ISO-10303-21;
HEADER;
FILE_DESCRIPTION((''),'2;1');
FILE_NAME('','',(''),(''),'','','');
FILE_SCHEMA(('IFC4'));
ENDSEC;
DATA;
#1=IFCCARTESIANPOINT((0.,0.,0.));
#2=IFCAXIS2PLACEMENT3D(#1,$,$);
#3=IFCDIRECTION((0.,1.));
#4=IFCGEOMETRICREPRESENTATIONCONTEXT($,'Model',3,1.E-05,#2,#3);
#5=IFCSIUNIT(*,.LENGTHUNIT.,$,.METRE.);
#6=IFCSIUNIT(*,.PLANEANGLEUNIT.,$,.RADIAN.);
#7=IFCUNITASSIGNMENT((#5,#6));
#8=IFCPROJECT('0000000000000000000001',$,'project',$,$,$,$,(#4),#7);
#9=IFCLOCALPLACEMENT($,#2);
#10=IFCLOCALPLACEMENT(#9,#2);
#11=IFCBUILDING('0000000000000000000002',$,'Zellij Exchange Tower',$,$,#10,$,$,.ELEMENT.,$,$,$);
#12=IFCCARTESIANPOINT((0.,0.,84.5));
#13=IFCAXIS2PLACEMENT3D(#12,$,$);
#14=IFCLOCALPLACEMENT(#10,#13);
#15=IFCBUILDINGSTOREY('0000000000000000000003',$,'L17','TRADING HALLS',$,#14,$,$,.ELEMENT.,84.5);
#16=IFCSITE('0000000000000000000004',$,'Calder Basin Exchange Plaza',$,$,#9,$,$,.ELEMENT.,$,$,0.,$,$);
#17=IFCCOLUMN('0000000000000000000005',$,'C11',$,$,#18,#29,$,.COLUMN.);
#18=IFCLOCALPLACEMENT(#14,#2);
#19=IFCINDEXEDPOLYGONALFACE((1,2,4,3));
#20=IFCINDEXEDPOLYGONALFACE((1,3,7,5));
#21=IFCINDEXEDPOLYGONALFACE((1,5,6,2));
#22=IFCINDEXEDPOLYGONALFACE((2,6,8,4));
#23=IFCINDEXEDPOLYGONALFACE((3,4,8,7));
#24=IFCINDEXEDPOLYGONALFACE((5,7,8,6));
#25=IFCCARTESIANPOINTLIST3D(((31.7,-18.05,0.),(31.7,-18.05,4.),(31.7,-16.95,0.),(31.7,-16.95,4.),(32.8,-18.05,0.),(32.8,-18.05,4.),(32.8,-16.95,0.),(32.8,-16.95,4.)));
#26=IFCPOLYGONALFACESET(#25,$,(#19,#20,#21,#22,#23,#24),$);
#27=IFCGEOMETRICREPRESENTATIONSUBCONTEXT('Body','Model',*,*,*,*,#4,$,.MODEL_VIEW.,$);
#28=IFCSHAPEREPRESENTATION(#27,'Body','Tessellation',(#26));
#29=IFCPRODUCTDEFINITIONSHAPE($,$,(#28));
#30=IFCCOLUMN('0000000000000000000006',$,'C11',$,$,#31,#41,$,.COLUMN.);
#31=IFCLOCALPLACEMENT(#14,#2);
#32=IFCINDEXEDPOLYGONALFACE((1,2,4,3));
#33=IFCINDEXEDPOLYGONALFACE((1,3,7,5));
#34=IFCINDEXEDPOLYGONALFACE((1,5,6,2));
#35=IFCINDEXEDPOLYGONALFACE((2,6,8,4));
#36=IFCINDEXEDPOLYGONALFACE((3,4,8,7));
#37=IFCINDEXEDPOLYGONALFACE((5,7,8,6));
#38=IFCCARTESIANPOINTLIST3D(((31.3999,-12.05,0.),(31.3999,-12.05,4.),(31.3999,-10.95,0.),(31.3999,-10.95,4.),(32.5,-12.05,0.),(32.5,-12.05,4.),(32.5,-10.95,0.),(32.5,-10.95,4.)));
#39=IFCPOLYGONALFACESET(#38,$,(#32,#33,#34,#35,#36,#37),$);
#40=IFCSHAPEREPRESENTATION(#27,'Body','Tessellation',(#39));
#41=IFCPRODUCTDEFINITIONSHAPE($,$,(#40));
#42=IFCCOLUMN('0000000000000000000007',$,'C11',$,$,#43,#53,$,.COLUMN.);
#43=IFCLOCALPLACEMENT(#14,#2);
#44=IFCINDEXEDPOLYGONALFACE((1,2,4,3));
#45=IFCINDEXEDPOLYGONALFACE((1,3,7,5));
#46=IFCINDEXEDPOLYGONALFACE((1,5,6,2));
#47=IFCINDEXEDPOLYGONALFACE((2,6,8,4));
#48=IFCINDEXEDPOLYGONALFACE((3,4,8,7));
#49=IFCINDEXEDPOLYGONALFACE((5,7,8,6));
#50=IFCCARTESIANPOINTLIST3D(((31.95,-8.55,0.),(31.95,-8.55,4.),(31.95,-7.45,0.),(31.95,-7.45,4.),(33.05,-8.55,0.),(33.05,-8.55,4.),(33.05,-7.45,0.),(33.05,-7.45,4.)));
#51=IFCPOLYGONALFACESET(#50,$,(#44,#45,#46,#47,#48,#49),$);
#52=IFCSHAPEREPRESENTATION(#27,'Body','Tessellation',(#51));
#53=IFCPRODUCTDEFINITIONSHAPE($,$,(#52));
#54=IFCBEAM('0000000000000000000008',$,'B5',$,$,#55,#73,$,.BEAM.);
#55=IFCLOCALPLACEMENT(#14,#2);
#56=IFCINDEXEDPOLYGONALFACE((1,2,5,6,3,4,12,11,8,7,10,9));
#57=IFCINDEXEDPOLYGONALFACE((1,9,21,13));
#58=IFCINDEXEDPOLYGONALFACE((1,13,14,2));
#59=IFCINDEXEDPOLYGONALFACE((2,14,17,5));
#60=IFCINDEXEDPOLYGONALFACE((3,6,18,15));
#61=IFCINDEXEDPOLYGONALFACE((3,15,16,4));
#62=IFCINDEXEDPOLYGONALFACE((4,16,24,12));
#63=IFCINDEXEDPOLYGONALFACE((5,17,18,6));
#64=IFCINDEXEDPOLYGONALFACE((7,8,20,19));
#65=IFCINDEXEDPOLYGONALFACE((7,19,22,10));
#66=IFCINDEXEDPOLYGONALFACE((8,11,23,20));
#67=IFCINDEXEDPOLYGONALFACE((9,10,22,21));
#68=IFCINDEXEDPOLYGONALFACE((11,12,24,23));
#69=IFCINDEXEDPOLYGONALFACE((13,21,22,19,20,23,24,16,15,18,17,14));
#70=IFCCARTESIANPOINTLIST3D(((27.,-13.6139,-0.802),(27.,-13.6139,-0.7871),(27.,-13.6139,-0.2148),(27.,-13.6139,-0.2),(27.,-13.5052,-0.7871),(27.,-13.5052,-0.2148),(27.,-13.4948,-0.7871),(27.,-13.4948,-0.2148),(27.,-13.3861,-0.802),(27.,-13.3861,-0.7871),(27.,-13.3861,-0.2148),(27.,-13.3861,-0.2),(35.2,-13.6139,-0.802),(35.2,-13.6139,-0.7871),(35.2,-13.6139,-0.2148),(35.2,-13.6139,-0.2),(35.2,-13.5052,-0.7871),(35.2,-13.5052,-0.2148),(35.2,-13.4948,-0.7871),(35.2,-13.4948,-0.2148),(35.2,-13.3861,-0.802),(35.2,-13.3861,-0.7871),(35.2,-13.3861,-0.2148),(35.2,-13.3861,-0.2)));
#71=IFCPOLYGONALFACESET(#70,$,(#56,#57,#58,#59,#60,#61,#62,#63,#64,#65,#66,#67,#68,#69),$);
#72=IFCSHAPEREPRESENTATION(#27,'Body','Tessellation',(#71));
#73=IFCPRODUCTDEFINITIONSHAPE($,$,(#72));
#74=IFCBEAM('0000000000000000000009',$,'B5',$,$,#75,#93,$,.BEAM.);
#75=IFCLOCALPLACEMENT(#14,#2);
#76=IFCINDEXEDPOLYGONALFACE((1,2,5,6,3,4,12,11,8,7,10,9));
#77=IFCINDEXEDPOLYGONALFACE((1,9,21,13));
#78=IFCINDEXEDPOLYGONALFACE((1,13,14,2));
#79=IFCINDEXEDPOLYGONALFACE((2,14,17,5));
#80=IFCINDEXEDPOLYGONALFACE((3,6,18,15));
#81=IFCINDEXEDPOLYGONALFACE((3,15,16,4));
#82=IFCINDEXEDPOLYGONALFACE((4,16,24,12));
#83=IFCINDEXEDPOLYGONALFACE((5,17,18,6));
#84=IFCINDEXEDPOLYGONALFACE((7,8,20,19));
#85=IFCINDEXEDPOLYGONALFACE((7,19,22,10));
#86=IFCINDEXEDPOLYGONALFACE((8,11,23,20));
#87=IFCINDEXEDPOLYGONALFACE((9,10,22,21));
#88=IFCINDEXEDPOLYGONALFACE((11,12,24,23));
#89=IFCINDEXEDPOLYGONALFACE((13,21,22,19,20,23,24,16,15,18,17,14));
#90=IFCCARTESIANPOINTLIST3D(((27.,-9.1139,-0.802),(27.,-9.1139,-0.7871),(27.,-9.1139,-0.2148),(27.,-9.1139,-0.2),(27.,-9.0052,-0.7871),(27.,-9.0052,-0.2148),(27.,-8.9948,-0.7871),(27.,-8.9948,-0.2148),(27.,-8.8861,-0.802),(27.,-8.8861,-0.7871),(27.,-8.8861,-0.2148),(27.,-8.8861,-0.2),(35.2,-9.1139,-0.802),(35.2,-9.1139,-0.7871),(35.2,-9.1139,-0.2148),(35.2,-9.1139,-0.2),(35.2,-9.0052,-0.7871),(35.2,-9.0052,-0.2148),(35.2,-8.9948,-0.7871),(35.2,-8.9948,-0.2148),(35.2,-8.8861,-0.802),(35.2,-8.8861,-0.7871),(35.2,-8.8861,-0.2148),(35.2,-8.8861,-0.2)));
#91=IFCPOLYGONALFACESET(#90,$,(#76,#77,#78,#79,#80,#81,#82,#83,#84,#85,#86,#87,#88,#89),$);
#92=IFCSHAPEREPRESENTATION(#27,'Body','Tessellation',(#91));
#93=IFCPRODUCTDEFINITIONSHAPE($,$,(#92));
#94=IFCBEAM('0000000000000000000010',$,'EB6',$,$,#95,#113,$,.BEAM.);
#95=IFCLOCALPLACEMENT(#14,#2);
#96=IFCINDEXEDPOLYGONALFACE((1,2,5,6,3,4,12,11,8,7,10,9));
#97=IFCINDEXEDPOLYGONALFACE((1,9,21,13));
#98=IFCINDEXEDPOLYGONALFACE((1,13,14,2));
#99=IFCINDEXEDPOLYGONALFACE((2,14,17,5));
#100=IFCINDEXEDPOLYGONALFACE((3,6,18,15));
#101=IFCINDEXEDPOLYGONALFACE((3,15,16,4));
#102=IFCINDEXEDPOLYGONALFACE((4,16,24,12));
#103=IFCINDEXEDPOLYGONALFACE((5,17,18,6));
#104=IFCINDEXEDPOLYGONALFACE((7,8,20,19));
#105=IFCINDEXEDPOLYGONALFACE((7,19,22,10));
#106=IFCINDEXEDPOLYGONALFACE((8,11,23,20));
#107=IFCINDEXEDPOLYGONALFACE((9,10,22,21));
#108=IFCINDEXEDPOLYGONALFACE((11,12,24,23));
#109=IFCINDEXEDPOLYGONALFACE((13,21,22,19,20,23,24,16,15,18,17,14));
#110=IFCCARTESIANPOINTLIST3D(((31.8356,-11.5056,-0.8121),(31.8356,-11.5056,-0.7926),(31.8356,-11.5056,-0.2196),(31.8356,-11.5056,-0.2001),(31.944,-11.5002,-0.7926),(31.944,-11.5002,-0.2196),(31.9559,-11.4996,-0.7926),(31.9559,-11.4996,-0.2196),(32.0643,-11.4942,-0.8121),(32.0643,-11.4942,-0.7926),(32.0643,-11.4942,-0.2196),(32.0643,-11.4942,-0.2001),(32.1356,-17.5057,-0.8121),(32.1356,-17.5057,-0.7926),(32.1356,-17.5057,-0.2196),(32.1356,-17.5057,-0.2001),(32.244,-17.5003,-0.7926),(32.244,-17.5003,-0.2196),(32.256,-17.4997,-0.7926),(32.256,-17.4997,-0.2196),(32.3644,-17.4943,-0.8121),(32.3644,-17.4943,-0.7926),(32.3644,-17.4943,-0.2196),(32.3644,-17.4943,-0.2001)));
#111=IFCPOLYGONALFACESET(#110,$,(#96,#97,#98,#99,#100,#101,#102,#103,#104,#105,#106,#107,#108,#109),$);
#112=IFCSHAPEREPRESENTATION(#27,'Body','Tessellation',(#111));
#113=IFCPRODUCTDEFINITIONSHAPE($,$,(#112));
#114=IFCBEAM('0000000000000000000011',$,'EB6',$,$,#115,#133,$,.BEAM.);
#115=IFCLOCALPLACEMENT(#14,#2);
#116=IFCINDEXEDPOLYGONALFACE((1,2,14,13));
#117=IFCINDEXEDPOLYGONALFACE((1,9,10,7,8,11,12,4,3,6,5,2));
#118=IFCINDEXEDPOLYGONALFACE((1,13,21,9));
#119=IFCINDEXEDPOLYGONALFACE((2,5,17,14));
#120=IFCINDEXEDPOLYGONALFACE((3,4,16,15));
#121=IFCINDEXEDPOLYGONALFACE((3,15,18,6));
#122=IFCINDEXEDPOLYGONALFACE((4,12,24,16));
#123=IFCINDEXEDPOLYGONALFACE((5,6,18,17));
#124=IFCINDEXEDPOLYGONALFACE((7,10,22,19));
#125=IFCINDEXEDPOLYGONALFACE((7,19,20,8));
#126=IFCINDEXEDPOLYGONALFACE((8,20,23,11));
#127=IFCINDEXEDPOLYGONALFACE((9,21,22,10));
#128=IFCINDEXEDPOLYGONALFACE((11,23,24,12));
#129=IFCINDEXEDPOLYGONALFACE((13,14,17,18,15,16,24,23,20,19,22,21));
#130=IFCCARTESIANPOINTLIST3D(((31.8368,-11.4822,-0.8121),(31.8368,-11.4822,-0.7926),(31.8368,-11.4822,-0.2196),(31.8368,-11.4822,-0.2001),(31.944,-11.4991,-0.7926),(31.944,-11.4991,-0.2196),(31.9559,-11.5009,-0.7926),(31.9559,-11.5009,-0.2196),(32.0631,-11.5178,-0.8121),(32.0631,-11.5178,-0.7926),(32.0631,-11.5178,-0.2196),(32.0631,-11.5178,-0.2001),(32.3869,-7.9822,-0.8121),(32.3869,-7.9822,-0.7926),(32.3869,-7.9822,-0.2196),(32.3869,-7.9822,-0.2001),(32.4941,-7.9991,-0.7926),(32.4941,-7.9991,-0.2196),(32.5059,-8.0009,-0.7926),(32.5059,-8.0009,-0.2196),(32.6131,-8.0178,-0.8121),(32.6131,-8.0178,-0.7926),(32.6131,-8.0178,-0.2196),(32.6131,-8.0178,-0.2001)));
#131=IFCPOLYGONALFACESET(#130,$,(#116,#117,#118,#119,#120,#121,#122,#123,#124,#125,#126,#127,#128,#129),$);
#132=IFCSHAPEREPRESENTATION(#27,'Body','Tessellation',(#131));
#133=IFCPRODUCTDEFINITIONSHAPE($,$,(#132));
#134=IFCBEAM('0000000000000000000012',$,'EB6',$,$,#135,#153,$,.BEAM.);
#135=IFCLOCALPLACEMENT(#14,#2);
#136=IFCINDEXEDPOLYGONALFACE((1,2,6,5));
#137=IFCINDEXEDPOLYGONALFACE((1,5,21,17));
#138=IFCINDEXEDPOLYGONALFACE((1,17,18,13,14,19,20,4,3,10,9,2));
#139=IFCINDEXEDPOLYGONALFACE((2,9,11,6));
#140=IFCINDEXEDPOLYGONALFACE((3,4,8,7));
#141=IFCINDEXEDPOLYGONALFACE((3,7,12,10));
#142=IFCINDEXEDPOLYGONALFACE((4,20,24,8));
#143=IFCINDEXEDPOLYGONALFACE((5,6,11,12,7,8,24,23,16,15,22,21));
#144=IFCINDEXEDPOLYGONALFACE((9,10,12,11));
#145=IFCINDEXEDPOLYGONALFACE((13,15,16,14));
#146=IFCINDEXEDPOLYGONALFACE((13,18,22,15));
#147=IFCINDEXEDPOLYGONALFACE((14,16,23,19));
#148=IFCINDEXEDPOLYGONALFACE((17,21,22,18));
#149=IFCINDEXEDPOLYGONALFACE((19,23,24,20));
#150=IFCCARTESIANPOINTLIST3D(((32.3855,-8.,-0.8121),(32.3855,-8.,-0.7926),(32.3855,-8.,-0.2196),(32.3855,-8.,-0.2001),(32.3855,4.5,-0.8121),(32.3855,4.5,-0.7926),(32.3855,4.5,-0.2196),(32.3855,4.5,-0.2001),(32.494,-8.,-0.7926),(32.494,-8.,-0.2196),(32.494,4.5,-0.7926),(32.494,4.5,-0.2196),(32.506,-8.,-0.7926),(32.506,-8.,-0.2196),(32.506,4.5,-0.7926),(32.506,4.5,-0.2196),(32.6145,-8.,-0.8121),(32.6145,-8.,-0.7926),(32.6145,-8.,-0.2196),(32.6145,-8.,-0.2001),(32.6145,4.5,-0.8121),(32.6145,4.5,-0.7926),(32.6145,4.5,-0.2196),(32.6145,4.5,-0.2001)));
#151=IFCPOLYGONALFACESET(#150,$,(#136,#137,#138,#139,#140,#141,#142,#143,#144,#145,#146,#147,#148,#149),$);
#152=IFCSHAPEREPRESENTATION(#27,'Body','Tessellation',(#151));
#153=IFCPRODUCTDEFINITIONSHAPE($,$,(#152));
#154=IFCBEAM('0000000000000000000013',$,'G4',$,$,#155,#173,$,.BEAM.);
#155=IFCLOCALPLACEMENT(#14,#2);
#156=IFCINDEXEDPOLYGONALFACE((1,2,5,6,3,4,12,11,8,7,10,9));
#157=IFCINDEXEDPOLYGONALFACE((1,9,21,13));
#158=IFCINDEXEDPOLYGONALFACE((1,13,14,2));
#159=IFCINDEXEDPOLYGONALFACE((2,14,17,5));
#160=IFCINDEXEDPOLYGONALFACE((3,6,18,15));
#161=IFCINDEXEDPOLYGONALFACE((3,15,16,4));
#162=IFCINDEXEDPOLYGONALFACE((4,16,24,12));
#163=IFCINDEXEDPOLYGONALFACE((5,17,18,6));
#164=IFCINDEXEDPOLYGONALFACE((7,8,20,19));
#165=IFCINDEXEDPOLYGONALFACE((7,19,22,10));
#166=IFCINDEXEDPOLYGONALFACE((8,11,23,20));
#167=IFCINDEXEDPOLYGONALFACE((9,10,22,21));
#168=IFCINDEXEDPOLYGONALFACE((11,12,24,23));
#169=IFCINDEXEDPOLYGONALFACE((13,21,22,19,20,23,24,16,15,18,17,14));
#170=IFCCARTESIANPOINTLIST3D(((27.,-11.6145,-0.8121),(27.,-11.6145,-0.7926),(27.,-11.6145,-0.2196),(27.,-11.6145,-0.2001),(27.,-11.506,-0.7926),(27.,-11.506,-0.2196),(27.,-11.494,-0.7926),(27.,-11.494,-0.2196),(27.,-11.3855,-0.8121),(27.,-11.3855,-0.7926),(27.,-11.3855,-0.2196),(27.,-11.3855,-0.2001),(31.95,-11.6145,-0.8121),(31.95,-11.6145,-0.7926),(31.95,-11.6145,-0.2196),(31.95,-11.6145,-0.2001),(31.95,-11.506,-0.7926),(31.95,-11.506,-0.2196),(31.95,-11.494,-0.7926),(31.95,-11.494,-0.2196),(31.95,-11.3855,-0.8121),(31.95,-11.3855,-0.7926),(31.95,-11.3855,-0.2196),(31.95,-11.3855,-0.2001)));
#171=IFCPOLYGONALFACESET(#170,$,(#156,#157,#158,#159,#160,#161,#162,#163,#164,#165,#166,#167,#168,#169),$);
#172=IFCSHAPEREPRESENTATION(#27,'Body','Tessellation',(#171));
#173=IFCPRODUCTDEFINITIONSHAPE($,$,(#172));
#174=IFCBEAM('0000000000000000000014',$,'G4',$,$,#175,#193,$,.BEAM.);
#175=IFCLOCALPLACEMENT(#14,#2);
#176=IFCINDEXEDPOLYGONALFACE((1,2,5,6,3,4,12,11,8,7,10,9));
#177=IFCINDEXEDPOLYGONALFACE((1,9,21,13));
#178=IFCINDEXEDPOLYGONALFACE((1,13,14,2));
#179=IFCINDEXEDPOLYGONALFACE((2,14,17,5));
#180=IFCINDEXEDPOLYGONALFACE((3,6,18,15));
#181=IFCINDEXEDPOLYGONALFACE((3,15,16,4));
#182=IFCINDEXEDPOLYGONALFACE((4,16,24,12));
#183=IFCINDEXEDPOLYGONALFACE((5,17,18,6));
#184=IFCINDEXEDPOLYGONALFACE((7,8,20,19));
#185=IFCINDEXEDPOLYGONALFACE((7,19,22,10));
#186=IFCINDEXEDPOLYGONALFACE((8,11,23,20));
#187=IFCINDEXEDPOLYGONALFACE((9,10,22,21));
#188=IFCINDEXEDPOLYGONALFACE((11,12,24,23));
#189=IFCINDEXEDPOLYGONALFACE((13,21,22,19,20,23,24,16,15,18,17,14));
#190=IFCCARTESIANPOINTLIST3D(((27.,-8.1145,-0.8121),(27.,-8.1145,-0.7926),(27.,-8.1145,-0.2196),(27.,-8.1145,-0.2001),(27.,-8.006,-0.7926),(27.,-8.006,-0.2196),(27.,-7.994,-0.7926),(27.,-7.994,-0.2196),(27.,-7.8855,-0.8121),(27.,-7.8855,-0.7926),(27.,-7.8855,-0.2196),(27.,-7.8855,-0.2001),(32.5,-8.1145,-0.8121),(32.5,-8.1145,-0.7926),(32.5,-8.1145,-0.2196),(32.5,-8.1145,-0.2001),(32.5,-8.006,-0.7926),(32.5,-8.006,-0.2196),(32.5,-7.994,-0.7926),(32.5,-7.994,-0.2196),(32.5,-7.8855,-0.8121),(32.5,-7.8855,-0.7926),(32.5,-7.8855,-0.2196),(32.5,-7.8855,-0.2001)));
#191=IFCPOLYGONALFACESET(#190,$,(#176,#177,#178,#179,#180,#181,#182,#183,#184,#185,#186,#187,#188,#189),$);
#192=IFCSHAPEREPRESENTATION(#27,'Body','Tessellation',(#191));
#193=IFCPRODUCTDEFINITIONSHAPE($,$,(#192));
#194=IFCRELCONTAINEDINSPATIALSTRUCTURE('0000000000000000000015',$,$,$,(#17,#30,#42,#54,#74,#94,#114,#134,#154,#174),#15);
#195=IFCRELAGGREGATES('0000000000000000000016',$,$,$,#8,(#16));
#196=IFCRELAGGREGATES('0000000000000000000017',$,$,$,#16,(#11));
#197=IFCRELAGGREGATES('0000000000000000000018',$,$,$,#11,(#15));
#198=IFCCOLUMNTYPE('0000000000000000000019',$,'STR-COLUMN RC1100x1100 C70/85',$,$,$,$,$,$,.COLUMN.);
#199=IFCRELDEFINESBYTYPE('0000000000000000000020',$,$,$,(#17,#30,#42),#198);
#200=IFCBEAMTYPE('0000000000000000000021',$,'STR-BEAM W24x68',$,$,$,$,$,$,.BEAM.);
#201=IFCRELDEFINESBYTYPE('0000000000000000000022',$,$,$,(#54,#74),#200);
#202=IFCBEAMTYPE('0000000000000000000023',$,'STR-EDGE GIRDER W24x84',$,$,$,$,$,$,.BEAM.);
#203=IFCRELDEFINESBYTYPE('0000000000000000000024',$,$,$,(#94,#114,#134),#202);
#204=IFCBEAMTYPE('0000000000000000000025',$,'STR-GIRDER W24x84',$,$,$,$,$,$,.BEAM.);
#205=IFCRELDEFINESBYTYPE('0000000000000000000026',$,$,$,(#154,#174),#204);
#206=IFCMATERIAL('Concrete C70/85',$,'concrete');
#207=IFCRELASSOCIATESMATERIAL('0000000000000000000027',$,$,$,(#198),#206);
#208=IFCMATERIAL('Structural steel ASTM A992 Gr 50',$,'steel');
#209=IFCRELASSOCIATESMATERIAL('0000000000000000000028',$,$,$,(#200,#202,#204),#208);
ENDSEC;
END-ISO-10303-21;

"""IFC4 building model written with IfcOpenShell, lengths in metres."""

from ifc_helpers import new_model, si_unit, direction, frame, origin, origin_2d, place, context, subcontext, project, spatial, rectangle, i_section, extrude, material, material_profile, profile_set, type_object, element, save


model = new_model("IFC4")

# Units and contexts
model_context = context("Model", 3, precision=1e-05, world=origin(), true_north=direction((0.0, 1.0)))
body_context = subcontext(model_context, "Body", "Model", "MODEL_VIEW")
ifc_project = project(units=[si_unit("LENGTHUNIT", "METRE"), si_unit("PLANEANGLEUNIT", "RADIAN")], contexts=[model_context])

# Site, building, storey
site_placement = place(None, origin())
site = spatial("IfcSite", under=ifc_project, at=site_placement, Name="Calder Basin Exchange Plaza", CompositionType="ELEMENT", RefElevation=0.0)
building_placement = place(site_placement, origin())
building = spatial("IfcBuilding", under=site, at=building_placement, Name="Zellij Exchange Tower", CompositionType="ELEMENT")
storey_placement = place(building_placement, frame((0.0, 0.0, 84.5)))
storey = spatial("IfcBuildingStorey", under=building, at=storey_placement, Name="L17", Description="TRADING HALLS", CompositionType="ELEMENT", Elevation=84.5)

# Columns
ifc_material_1 = material(Name="Concrete C70/85", Category="concrete")
ifc_material_profile_1 = material_profile(ifc_material_1, rectangle(XDim=1.1001, YDim=1.1001, at=origin_2d()), Name="STR-COLUMN RC1100x1100 C70/85")
ifc_profile_set_1 = profile_set([ifc_material_profile_1], Name="Concrete C70/85")
column_type = type_object("IfcColumnType", Name="STR-COLUMN RC1100x1100 C70/85", PredefinedType="COLUMN", material=ifc_profile_set_1)
for number, where, z_axis, x_axis, name in (
    (1, (32.25, -17.5, 0.0), (0.0, 0.0, 1.0), (1.0, 0.0, 0.0), "C11"),
    (2, (31.95, -11.5, 0.0), (0.0, 0.0, 1.0), (1.0, 0.0, 0.0), "C11"),
    (3, (32.5, -8.0, 0.0), (0.0, 0.0, 1.0), (1.0, 0.0, 0.0), "C11"),
):
    element("IfcColumn", number, at=place(storey_placement, frame(where, z_axis=z_axis, x_axis=x_axis)), inside=storey, type_object=column_type, Name=name, PredefinedType="COLUMN", context=body_context, shape_type="SweptSolid", body=[
        extrude(rectangle(XDim=1.1001, YDim=1.1001, at=origin_2d()), origin(), (0.0, 0.0, 1.0), 4.0),
    ])

# Beams
ifc_material_2 = material(Name="Structural steel ASTM A992 Gr 50", Category="steel")
ifc_material_profile_2 = material_profile(ifc_material_2, i_section(OverallWidth=0.2278, OverallDepth=0.6021, WebThickness=0.0105, FlangeThickness=0.0149, at=origin_2d()), Name="W24x68")
ifc_profile_set_2 = profile_set([ifc_material_profile_2], Name="Structural steel ASTM A992 Gr 50")
beam_type_1 = type_object("IfcBeamType", Name="STR-BEAM W24x68", PredefinedType="BEAM", material=ifc_profile_set_2)
for number, where, z_axis, x_axis, name in (
    (4, (27.0, -13.5, -0.501), (1.0, 0.0, 0.0), (0.0, 1.0, 0.0), "B5"),
    (5, (27.0, -9.0, -0.501), (1.0, 0.0, 0.0), (0.0, 1.0, 0.0), "B5"),
):
    element("IfcBeam", number, at=place(storey_placement, frame(where, z_axis=z_axis, x_axis=x_axis)), inside=storey, type_object=beam_type_1, Name=name, PredefinedType="BEAM", context=body_context, shape_type="SweptSolid", body=[
        extrude(i_section(OverallWidth=0.2278, OverallDepth=0.6021, WebThickness=0.0105, FlangeThickness=0.0149, at=origin_2d()), origin(), (0.0, 0.0, 1.0), 8.2),
    ])
ifc_material_profile_3 = material_profile(ifc_material_2, i_section(OverallWidth=0.229, OverallDepth=0.6121, WebThickness=0.012, FlangeThickness=0.0195, at=origin_2d()), Name="W24x84")
ifc_profile_set_3 = profile_set([ifc_material_profile_3], Name="Structural steel ASTM A992 Gr 50")
beam_type_2 = type_object("IfcBeamType", Name="STR-EDGE GIRDER W24x84", PredefinedType="BEAM", material=ifc_profile_set_3)
beam_1_placement = place(storey_placement, frame((32.25, -17.5, -0.5061), z_axis=(-0.049946, 0.998752, 0.0), x_axis=(-0.998752, -0.049946, 0.0)))
element("IfcBeam", 6, at=beam_1_placement, inside=storey, type_object=beam_type_2, Name="EB6", PredefinedType="BEAM", context=body_context, shape_type="SweptSolid", body=[
    extrude(i_section(OverallWidth=0.229, OverallDepth=0.6121, WebThickness=0.012, FlangeThickness=0.0195, at=origin_2d()), origin(), (0.0, 0.0, 1.0), 6.0076),
])
beam_2_placement = place(storey_placement, frame((31.95, -11.5, -0.5061), z_axis=(0.155251, 0.987875, 0.0), x_axis=(-0.987875, 0.155251, 0.0)))
element("IfcBeam", 7, at=beam_2_placement, inside=storey, type_object=beam_type_2, Name="EB6", PredefinedType="BEAM", context=body_context, shape_type="SweptSolid", body=[
    extrude(i_section(OverallWidth=0.229, OverallDepth=0.6121, WebThickness=0.012, FlangeThickness=0.0195, at=origin_2d()), origin(), (0.0, 0.0, 1.0), 3.543),
])
beam_3_placement = place(storey_placement, frame((32.5, -8.0, -0.5061), z_axis=(0.0, 1.0, 0.0), x_axis=(-1.0, 0.0, 0.0)))
element("IfcBeam", 8, at=beam_3_placement, inside=storey, type_object=beam_type_2, Name="EB6", PredefinedType="BEAM", context=body_context, shape_type="SweptSolid", body=[
    extrude(i_section(OverallWidth=0.229, OverallDepth=0.6121, WebThickness=0.012, FlangeThickness=0.0195, at=origin_2d()), origin(), (0.0, 0.0, 1.0), 12.5),
])
ifc_material_profile_4 = material_profile(ifc_material_2, i_section(OverallWidth=0.229, OverallDepth=0.6121, WebThickness=0.012, FlangeThickness=0.0195, at=origin_2d()), Name="W24x84")
ifc_profile_set_4 = profile_set([ifc_material_profile_4], Name="Structural steel ASTM A992 Gr 50")
beam_type_3 = type_object("IfcBeamType", Name="STR-GIRDER W24x84", PredefinedType="BEAM", material=ifc_profile_set_4)
beam_4_placement = place(storey_placement, frame((27.0, -11.5, -0.5061), z_axis=(1.0, 0.0, 0.0), x_axis=(0.0, 1.0, 0.0)))
element("IfcBeam", 9, at=beam_4_placement, inside=storey, type_object=beam_type_3, Name="G4", PredefinedType="BEAM", context=body_context, shape_type="SweptSolid", body=[
    extrude(i_section(OverallWidth=0.229, OverallDepth=0.6121, WebThickness=0.012, FlangeThickness=0.0195, at=origin_2d()), origin(), (0.0, 0.0, 1.0), 4.95),
])
beam_5_placement = place(storey_placement, frame((27.0, -8.0, -0.5061), z_axis=(1.0, 0.0, 0.0), x_axis=(0.0, 1.0, 0.0)))
element("IfcBeam", 10, at=beam_5_placement, inside=storey, type_object=beam_type_3, Name="G4", PredefinedType="BEAM", context=body_context, shape_type="SweptSolid", body=[
    extrude(i_section(OverallWidth=0.229, OverallDepth=0.6121, WebThickness=0.012, FlangeThickness=0.0195, at=origin_2d()), origin(), (0.0, 0.0, 1.0), 5.5),
])

save(model, "model.ifc")
